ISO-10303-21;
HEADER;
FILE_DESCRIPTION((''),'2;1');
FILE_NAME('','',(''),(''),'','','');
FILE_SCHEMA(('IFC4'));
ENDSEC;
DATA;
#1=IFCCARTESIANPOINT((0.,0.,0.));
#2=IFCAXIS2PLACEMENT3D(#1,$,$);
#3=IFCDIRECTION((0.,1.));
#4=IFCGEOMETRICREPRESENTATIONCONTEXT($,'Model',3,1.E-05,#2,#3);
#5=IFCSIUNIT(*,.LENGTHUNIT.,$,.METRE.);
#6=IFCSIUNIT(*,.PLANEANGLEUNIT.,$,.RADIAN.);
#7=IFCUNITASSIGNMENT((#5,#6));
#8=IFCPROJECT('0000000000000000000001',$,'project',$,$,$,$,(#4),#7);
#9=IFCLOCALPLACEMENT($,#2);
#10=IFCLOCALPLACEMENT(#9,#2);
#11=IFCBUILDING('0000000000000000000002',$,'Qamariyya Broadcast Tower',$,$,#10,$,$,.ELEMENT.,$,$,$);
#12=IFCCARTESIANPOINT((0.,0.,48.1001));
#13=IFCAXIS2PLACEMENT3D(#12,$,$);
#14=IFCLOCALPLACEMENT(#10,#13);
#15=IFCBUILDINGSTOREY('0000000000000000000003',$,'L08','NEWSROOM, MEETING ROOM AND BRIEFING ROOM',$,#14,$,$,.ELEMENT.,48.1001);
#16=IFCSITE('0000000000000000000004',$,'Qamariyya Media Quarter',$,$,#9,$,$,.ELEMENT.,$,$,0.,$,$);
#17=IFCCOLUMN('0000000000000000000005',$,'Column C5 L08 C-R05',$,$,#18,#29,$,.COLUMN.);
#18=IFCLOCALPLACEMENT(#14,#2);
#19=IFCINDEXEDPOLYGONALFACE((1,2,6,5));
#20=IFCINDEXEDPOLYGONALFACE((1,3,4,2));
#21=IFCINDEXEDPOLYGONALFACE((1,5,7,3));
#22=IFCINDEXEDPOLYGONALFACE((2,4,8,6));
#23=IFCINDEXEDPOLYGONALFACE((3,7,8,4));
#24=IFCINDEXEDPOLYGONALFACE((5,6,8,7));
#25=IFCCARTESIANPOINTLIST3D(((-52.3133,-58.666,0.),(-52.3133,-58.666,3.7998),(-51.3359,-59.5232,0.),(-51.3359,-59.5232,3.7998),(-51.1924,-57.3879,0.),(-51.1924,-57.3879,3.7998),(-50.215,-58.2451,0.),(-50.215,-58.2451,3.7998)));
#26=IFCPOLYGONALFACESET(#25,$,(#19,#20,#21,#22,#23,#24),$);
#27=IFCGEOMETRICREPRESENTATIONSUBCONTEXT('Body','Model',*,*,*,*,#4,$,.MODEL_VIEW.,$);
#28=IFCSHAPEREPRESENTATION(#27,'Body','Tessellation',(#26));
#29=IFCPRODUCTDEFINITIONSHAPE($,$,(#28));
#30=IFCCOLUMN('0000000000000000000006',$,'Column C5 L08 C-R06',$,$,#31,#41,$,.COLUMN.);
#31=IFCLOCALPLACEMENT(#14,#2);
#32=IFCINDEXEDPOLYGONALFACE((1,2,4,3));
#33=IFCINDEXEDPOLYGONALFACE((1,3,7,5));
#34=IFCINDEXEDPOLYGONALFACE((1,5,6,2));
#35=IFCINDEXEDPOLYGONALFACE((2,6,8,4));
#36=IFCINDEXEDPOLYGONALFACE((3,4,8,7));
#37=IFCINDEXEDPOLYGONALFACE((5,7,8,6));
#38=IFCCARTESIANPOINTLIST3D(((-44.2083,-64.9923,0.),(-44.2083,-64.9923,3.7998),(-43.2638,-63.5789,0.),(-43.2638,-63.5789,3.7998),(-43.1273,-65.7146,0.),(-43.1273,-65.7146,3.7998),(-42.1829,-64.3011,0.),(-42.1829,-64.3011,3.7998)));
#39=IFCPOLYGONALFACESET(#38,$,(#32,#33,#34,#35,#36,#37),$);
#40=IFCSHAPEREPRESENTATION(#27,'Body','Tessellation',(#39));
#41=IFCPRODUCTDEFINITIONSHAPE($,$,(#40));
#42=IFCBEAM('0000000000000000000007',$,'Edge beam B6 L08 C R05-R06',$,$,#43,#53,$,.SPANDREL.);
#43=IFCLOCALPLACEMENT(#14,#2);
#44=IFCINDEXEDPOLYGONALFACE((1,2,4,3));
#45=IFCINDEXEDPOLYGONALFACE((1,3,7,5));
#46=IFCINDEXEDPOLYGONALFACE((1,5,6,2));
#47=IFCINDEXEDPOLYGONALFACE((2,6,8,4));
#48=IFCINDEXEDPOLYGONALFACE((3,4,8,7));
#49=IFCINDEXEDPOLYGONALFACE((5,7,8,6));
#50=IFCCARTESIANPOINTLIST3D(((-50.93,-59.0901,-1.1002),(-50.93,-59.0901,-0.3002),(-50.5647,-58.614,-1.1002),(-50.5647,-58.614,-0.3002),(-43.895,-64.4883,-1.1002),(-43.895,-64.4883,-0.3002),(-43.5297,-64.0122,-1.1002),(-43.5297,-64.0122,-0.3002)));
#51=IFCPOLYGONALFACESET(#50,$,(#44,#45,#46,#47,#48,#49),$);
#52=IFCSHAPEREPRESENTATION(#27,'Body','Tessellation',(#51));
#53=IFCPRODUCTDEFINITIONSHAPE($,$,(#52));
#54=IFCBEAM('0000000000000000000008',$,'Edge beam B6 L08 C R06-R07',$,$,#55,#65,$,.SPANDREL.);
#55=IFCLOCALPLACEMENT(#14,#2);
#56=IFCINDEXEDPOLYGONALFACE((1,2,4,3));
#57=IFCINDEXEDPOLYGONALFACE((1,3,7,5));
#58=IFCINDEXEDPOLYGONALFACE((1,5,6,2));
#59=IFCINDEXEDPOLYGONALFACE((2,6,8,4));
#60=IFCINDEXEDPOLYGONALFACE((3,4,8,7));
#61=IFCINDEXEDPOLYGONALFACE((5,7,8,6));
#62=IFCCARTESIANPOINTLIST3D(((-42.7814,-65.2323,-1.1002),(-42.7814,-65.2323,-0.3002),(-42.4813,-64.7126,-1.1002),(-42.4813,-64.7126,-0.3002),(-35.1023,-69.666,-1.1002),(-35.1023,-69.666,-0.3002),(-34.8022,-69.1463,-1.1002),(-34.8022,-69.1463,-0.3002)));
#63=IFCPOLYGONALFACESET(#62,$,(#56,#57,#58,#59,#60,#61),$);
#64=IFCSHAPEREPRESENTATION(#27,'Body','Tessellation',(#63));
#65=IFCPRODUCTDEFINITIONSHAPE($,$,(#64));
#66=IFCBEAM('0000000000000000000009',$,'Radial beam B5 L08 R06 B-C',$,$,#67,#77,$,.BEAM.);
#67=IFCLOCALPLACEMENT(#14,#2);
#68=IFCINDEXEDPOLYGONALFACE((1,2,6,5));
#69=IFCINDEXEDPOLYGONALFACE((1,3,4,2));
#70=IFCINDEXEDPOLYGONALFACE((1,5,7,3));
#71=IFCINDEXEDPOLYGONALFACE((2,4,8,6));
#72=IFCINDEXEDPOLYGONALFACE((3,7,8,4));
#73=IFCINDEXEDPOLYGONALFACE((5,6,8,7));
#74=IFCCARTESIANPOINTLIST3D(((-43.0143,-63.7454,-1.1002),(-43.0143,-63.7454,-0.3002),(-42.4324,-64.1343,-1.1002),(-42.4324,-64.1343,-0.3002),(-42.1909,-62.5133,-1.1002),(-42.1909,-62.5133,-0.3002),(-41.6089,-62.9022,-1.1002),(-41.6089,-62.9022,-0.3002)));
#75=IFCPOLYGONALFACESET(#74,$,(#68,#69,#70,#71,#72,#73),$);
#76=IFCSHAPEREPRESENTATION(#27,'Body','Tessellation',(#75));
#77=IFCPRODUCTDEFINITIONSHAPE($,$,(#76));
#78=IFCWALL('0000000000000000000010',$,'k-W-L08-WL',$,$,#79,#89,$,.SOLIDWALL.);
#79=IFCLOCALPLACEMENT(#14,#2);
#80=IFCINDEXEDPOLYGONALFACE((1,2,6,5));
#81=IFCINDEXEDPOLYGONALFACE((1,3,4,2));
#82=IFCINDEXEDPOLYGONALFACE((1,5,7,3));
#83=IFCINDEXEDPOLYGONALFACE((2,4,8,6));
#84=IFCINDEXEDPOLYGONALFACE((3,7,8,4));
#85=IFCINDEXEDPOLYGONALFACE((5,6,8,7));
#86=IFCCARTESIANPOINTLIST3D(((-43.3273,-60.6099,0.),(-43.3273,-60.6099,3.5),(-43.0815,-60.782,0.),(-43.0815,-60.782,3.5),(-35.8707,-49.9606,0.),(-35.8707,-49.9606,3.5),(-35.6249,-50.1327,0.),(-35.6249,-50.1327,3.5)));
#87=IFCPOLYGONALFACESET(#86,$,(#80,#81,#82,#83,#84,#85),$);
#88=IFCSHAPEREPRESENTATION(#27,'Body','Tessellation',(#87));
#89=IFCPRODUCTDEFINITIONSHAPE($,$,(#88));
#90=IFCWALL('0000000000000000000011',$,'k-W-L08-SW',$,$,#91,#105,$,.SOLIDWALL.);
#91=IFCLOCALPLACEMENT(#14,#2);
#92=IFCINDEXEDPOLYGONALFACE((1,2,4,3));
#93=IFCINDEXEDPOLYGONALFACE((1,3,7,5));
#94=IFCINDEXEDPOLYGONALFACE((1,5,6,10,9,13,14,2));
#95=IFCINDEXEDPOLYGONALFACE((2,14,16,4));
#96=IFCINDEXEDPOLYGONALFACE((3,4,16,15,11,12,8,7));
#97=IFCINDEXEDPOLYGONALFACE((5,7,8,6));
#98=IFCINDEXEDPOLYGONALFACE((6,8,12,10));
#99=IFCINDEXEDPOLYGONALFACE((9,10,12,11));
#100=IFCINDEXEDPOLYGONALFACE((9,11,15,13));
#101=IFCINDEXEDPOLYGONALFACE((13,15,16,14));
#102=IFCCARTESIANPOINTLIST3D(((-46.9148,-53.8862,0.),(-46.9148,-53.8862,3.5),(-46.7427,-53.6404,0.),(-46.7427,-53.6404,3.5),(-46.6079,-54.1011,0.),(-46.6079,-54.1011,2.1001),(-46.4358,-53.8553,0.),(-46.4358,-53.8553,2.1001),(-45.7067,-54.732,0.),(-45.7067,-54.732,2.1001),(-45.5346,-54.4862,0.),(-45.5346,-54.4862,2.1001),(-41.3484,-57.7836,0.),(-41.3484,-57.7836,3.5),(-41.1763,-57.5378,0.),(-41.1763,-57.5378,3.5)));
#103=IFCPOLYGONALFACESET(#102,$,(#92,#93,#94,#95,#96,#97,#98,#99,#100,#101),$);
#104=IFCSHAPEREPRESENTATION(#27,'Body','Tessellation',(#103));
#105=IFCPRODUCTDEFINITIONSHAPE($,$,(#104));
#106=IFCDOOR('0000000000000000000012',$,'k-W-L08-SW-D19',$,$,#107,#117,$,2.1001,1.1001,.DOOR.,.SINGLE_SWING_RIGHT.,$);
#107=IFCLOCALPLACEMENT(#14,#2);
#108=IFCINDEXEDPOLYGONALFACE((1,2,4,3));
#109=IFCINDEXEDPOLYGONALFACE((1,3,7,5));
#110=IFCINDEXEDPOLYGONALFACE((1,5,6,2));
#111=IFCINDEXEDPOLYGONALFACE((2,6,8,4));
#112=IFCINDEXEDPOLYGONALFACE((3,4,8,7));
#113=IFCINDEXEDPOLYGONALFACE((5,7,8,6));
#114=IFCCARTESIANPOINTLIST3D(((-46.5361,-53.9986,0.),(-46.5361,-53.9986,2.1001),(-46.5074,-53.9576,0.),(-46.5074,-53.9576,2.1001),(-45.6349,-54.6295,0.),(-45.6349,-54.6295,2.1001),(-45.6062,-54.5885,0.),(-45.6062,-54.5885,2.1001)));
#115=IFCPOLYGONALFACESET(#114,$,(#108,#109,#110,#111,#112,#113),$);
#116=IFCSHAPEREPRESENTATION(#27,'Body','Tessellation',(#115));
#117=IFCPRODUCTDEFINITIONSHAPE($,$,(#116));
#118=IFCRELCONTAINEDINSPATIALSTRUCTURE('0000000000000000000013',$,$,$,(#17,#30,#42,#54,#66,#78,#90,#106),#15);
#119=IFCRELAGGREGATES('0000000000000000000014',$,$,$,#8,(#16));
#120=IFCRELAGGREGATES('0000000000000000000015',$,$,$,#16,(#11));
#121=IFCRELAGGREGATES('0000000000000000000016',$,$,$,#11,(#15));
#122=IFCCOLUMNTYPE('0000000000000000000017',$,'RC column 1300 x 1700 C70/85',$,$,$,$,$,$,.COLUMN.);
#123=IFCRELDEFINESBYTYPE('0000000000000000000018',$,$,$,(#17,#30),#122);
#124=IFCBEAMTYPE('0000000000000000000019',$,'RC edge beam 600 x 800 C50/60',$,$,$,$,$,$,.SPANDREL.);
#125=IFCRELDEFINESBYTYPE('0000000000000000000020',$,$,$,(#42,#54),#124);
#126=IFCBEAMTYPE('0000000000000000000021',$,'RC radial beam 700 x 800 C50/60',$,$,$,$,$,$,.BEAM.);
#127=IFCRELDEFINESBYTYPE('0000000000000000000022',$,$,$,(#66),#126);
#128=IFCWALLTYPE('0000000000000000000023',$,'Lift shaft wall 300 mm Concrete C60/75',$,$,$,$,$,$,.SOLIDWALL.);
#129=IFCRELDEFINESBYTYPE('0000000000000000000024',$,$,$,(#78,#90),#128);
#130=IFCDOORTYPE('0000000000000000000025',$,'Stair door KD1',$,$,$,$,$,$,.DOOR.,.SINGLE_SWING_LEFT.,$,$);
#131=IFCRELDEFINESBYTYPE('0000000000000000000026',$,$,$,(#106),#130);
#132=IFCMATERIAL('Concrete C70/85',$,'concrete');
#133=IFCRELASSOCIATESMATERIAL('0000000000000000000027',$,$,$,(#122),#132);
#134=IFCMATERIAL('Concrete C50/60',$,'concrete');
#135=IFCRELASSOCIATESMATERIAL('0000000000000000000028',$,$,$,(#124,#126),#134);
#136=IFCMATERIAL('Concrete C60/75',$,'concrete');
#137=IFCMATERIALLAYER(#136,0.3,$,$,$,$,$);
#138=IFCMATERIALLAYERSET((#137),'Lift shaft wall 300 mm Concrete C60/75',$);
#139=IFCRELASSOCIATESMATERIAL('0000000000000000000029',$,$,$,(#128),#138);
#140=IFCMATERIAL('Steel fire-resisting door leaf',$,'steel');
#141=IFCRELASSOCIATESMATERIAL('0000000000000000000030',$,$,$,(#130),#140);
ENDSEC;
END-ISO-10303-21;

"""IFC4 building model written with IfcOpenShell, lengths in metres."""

from ifc_helpers import new_model, si_unit, direction, frame, frame_2d, origin, origin_2d, place, context, subcontext, project, spatial, rectangle, extrude, material, layer, layer_set, material_profile, profile_set, type_object, element, fill, save


model = new_model("IFC4")

# Units and contexts
model_context = context("Model", 3, precision=1e-05, world=origin(), true_north=direction((0.0, 1.0)))
body_context = subcontext(model_context, "Body", "Model", "MODEL_VIEW")
ifc_project = project(units=[si_unit("LENGTHUNIT", "METRE"), si_unit("PLANEANGLEUNIT", "RADIAN")], contexts=[model_context])

# Site, building, storey
site_placement = place(None, origin())
site = spatial("IfcSite", under=ifc_project, at=site_placement, Name="Qamariyya Media Quarter", CompositionType="ELEMENT", RefElevation=0.0)
building_placement = place(site_placement, origin())
building = spatial("IfcBuilding", under=site, at=building_placement, Name="Qamariyya Broadcast Tower", CompositionType="ELEMENT")
storey_placement = place(building_placement, frame((0.0, 0.0, 48.1001)))
storey = spatial("IfcBuildingStorey", under=building, at=storey_placement, Name="L08", Description="NEWSROOM, MEETING ROOM AND BRIEFING ROOM", CompositionType="ELEMENT", Elevation=48.1001)

# Columns
ifc_material_1 = material(Name="Concrete C70/85", Category="concrete")
ifc_material_profile_1 = material_profile(ifc_material_1, rectangle(XDim=1.3, YDim=1.7, at=origin_2d()))
ifc_profile_set_1 = profile_set([ifc_material_profile_1], Name="Concrete C70/85")
column_type = type_object("IfcColumnType", Name="RC column 1300 x 1700 C70/85", PredefinedType="COLUMN", material=ifc_profile_set_1)
for number, where, z_axis, x_axis, name in (
    (1, (-51.2642, -58.4556, 0.0), (0.0, 0.0, 1.0), (0.75184, -0.659346, 0.0), "Column C5 L08 C-R05"),
    (2, (-43.1956, -64.6467, 0.0), (0.0, 0.0, 1.0), (0.83147, -0.55557, 0.0), "Column C5 L08 C-R06"),
):
    element("IfcColumn", number, at=place(storey_placement, frame(where, z_axis=z_axis, x_axis=x_axis)), inside=storey, type_object=column_type, Name=name, PredefinedType="COLUMN", context=body_context, shape_type="SweptSolid", body=[
        extrude(rectangle(XDim=1.3, YDim=1.7, at=origin_2d()), origin(), (0.0, 0.0, 1.0), 3.7998),
    ])

# Beams
ifc_material_2 = material(Name="Concrete C50/60", Category="concrete")
ifc_material_profile_2 = material_profile(ifc_material_2, rectangle(XDim=0.6001, YDim=0.8, at=origin_2d()))
ifc_profile_set_2 = profile_set([ifc_material_profile_2], Name="Concrete C50/60")
beam_type_1 = type_object("IfcBeamType", Name="RC edge beam 600 x 800 C50/60", PredefinedType="SPANDREL", material=ifc_profile_set_2)
beam_1_placement = place(storey_placement, frame((-50.7473, -58.8521, -0.7002), z_axis=(0.793347, -0.60877, 0.0), x_axis=(0.60877, 0.793347, 0.0)))
element("IfcBeam", 3, at=beam_1_placement, inside=storey, type_object=beam_type_1, Name="Edge beam B6 L08 C R05-R06", PredefinedType="SPANDREL", context=body_context, shape_type="SweptSolid", body=[
    extrude(rectangle(XDim=0.6001, YDim=0.8, at=origin_2d()), origin(), (0.0, 0.0, 1.0), 8.8674),
])
beam_2_placement = place(storey_placement, frame((-42.6313, -64.9724, -0.7002), z_axis=(0.866013, -0.500021, 0.0), x_axis=(0.500021, 0.866013, 0.0)))
element("IfcBeam", 4, at=beam_2_placement, inside=storey, type_object=beam_type_1, Name="Edge beam B6 L08 C R06-R07", PredefinedType="SPANDREL", context=body_context, shape_type="SweptSolid", body=[
    extrude(rectangle(XDim=0.6001, YDim=0.8, at=origin_2d()), origin(), (0.0, 0.0, 1.0), 8.8672),
])
ifc_material_profile_3 = material_profile(ifc_material_2, rectangle(XDim=0.7, YDim=0.8, at=origin_2d()))
ifc_profile_set_3 = profile_set([ifc_material_profile_3], Name="Concrete C50/60")
beam_type_2 = type_object("IfcBeamType", Name="RC radial beam 700 x 800 C50/60", PredefinedType="BEAM", material=ifc_profile_set_3)
beam_3_placement = place(storey_placement, frame((-41.8999, -62.7078, -0.7002), z_axis=(-0.55565, -0.831416, 0.0), x_axis=(0.831416, -0.55565, 0.0)))
element("IfcBeam", 5, at=beam_3_placement, inside=storey, type_object=beam_type_2, Name="Radial beam B5 L08 R06 B-C", PredefinedType="BEAM", context=body_context, shape_type="SweptSolid", body=[
    extrude(rectangle(XDim=0.7, YDim=0.8, at=origin_2d()), origin(), (0.0, 0.0, 1.0), 1.4819),
])

# Wall
ifc_material_3 = material(Name="Concrete C60/75", Category="concrete")
ifc_layer = layer(ifc_material_3, 0.3)
ifc_layer_set = layer_set([ifc_layer], Name="Lift shaft wall 300 mm Concrete C60/75")
wall_type = type_object("IfcWallType", Name="Lift shaft wall 300 mm Concrete C60/75", PredefinedType="SOLIDWALL", material=ifc_layer_set)
wall_1_placement = place(storey_placement, frame((-43.2043, -60.6958, 0.0), z_axis=(0.0, 0.0, 1.0), x_axis=(0.573572, 0.819155, 0.0)))
element("IfcWall", 6, at=wall_1_placement, inside=storey, type_object=wall_type, Name="k-W-L08-WL", PredefinedType="SOLIDWALL", context=body_context, shape_type="SweptSolid", body=[
    extrude(rectangle(XDim=13.0002, YDim=0.3, at=frame_2d((6.5, 0.0))), origin(), (0.0, 0.0, 1.0), 3.5),
])

# Wall, opening, door
wall_2_placement = place(storey_placement, frame((-41.2625, -57.6606, 0.0), z_axis=(0.0, 0.0, 1.0), x_axis=(-0.819164, 0.573559, 0.0)))
wall_2 = element("IfcWall", 7, at=wall_2_placement, inside=storey, type_object=wall_type, Name="k-W-L08-SW", PredefinedType="SOLIDWALL", context=body_context, shape_type="SweptSolid", body=[
    extrude(rectangle(XDim=6.7952, YDim=0.3, at=frame_2d((3.3975, 0.0))), origin(), (0.0, 0.0, 1.0), 3.5),
])
opening_placement = place(wall_2_placement, frame((5.3203, 0.0, 0.0)))
opening = element("IfcOpeningElement", 8, at=opening_placement, cuts=wall_2, PredefinedType="OPENING", context=body_context, shape_type="SweptSolid", body=[
    extrude(rectangle(XDim=1.1001, YDim=2.1001, at=frame_2d((0.55, 1.05))), frame((0.0, 0.1599, 0.0), z_axis=(0.0, -1.0, 0.0), x_axis=(1.0, 0.0, 0.0)), (0.0, 0.0, 1.0), 0.3201),
])
ifc_material_4 = material(Name="Steel fire-resisting door leaf", Category="steel")
door_type = type_object("IfcDoorType", Name="Stair door KD1", OperationType="SINGLE_SWING_LEFT", PredefinedType="DOOR", material=ifc_material_4)
door_placement = place(opening_placement, origin())
door = element("IfcDoor", 9, at=door_placement, inside=storey, type_object=door_type, Name="k-W-L08-SW-D19", OperationType="SINGLE_SWING_RIGHT", OverallHeight=2.1001, OverallWidth=1.1001, PredefinedType="DOOR", context=body_context, shape_type="SweptSolid", body=[
    extrude(rectangle(XDim=1.1001, YDim=2.1001, at=frame_2d((0.55, 1.05))), frame((0.0, 0.0249, 0.0), z_axis=(0.0, -1.0, 0.0), x_axis=(1.0, 0.0, 0.0)), (0.0, 0.0, 1.0), 0.05),
])
fill(opening, door)

save(model, "model.ifc")
